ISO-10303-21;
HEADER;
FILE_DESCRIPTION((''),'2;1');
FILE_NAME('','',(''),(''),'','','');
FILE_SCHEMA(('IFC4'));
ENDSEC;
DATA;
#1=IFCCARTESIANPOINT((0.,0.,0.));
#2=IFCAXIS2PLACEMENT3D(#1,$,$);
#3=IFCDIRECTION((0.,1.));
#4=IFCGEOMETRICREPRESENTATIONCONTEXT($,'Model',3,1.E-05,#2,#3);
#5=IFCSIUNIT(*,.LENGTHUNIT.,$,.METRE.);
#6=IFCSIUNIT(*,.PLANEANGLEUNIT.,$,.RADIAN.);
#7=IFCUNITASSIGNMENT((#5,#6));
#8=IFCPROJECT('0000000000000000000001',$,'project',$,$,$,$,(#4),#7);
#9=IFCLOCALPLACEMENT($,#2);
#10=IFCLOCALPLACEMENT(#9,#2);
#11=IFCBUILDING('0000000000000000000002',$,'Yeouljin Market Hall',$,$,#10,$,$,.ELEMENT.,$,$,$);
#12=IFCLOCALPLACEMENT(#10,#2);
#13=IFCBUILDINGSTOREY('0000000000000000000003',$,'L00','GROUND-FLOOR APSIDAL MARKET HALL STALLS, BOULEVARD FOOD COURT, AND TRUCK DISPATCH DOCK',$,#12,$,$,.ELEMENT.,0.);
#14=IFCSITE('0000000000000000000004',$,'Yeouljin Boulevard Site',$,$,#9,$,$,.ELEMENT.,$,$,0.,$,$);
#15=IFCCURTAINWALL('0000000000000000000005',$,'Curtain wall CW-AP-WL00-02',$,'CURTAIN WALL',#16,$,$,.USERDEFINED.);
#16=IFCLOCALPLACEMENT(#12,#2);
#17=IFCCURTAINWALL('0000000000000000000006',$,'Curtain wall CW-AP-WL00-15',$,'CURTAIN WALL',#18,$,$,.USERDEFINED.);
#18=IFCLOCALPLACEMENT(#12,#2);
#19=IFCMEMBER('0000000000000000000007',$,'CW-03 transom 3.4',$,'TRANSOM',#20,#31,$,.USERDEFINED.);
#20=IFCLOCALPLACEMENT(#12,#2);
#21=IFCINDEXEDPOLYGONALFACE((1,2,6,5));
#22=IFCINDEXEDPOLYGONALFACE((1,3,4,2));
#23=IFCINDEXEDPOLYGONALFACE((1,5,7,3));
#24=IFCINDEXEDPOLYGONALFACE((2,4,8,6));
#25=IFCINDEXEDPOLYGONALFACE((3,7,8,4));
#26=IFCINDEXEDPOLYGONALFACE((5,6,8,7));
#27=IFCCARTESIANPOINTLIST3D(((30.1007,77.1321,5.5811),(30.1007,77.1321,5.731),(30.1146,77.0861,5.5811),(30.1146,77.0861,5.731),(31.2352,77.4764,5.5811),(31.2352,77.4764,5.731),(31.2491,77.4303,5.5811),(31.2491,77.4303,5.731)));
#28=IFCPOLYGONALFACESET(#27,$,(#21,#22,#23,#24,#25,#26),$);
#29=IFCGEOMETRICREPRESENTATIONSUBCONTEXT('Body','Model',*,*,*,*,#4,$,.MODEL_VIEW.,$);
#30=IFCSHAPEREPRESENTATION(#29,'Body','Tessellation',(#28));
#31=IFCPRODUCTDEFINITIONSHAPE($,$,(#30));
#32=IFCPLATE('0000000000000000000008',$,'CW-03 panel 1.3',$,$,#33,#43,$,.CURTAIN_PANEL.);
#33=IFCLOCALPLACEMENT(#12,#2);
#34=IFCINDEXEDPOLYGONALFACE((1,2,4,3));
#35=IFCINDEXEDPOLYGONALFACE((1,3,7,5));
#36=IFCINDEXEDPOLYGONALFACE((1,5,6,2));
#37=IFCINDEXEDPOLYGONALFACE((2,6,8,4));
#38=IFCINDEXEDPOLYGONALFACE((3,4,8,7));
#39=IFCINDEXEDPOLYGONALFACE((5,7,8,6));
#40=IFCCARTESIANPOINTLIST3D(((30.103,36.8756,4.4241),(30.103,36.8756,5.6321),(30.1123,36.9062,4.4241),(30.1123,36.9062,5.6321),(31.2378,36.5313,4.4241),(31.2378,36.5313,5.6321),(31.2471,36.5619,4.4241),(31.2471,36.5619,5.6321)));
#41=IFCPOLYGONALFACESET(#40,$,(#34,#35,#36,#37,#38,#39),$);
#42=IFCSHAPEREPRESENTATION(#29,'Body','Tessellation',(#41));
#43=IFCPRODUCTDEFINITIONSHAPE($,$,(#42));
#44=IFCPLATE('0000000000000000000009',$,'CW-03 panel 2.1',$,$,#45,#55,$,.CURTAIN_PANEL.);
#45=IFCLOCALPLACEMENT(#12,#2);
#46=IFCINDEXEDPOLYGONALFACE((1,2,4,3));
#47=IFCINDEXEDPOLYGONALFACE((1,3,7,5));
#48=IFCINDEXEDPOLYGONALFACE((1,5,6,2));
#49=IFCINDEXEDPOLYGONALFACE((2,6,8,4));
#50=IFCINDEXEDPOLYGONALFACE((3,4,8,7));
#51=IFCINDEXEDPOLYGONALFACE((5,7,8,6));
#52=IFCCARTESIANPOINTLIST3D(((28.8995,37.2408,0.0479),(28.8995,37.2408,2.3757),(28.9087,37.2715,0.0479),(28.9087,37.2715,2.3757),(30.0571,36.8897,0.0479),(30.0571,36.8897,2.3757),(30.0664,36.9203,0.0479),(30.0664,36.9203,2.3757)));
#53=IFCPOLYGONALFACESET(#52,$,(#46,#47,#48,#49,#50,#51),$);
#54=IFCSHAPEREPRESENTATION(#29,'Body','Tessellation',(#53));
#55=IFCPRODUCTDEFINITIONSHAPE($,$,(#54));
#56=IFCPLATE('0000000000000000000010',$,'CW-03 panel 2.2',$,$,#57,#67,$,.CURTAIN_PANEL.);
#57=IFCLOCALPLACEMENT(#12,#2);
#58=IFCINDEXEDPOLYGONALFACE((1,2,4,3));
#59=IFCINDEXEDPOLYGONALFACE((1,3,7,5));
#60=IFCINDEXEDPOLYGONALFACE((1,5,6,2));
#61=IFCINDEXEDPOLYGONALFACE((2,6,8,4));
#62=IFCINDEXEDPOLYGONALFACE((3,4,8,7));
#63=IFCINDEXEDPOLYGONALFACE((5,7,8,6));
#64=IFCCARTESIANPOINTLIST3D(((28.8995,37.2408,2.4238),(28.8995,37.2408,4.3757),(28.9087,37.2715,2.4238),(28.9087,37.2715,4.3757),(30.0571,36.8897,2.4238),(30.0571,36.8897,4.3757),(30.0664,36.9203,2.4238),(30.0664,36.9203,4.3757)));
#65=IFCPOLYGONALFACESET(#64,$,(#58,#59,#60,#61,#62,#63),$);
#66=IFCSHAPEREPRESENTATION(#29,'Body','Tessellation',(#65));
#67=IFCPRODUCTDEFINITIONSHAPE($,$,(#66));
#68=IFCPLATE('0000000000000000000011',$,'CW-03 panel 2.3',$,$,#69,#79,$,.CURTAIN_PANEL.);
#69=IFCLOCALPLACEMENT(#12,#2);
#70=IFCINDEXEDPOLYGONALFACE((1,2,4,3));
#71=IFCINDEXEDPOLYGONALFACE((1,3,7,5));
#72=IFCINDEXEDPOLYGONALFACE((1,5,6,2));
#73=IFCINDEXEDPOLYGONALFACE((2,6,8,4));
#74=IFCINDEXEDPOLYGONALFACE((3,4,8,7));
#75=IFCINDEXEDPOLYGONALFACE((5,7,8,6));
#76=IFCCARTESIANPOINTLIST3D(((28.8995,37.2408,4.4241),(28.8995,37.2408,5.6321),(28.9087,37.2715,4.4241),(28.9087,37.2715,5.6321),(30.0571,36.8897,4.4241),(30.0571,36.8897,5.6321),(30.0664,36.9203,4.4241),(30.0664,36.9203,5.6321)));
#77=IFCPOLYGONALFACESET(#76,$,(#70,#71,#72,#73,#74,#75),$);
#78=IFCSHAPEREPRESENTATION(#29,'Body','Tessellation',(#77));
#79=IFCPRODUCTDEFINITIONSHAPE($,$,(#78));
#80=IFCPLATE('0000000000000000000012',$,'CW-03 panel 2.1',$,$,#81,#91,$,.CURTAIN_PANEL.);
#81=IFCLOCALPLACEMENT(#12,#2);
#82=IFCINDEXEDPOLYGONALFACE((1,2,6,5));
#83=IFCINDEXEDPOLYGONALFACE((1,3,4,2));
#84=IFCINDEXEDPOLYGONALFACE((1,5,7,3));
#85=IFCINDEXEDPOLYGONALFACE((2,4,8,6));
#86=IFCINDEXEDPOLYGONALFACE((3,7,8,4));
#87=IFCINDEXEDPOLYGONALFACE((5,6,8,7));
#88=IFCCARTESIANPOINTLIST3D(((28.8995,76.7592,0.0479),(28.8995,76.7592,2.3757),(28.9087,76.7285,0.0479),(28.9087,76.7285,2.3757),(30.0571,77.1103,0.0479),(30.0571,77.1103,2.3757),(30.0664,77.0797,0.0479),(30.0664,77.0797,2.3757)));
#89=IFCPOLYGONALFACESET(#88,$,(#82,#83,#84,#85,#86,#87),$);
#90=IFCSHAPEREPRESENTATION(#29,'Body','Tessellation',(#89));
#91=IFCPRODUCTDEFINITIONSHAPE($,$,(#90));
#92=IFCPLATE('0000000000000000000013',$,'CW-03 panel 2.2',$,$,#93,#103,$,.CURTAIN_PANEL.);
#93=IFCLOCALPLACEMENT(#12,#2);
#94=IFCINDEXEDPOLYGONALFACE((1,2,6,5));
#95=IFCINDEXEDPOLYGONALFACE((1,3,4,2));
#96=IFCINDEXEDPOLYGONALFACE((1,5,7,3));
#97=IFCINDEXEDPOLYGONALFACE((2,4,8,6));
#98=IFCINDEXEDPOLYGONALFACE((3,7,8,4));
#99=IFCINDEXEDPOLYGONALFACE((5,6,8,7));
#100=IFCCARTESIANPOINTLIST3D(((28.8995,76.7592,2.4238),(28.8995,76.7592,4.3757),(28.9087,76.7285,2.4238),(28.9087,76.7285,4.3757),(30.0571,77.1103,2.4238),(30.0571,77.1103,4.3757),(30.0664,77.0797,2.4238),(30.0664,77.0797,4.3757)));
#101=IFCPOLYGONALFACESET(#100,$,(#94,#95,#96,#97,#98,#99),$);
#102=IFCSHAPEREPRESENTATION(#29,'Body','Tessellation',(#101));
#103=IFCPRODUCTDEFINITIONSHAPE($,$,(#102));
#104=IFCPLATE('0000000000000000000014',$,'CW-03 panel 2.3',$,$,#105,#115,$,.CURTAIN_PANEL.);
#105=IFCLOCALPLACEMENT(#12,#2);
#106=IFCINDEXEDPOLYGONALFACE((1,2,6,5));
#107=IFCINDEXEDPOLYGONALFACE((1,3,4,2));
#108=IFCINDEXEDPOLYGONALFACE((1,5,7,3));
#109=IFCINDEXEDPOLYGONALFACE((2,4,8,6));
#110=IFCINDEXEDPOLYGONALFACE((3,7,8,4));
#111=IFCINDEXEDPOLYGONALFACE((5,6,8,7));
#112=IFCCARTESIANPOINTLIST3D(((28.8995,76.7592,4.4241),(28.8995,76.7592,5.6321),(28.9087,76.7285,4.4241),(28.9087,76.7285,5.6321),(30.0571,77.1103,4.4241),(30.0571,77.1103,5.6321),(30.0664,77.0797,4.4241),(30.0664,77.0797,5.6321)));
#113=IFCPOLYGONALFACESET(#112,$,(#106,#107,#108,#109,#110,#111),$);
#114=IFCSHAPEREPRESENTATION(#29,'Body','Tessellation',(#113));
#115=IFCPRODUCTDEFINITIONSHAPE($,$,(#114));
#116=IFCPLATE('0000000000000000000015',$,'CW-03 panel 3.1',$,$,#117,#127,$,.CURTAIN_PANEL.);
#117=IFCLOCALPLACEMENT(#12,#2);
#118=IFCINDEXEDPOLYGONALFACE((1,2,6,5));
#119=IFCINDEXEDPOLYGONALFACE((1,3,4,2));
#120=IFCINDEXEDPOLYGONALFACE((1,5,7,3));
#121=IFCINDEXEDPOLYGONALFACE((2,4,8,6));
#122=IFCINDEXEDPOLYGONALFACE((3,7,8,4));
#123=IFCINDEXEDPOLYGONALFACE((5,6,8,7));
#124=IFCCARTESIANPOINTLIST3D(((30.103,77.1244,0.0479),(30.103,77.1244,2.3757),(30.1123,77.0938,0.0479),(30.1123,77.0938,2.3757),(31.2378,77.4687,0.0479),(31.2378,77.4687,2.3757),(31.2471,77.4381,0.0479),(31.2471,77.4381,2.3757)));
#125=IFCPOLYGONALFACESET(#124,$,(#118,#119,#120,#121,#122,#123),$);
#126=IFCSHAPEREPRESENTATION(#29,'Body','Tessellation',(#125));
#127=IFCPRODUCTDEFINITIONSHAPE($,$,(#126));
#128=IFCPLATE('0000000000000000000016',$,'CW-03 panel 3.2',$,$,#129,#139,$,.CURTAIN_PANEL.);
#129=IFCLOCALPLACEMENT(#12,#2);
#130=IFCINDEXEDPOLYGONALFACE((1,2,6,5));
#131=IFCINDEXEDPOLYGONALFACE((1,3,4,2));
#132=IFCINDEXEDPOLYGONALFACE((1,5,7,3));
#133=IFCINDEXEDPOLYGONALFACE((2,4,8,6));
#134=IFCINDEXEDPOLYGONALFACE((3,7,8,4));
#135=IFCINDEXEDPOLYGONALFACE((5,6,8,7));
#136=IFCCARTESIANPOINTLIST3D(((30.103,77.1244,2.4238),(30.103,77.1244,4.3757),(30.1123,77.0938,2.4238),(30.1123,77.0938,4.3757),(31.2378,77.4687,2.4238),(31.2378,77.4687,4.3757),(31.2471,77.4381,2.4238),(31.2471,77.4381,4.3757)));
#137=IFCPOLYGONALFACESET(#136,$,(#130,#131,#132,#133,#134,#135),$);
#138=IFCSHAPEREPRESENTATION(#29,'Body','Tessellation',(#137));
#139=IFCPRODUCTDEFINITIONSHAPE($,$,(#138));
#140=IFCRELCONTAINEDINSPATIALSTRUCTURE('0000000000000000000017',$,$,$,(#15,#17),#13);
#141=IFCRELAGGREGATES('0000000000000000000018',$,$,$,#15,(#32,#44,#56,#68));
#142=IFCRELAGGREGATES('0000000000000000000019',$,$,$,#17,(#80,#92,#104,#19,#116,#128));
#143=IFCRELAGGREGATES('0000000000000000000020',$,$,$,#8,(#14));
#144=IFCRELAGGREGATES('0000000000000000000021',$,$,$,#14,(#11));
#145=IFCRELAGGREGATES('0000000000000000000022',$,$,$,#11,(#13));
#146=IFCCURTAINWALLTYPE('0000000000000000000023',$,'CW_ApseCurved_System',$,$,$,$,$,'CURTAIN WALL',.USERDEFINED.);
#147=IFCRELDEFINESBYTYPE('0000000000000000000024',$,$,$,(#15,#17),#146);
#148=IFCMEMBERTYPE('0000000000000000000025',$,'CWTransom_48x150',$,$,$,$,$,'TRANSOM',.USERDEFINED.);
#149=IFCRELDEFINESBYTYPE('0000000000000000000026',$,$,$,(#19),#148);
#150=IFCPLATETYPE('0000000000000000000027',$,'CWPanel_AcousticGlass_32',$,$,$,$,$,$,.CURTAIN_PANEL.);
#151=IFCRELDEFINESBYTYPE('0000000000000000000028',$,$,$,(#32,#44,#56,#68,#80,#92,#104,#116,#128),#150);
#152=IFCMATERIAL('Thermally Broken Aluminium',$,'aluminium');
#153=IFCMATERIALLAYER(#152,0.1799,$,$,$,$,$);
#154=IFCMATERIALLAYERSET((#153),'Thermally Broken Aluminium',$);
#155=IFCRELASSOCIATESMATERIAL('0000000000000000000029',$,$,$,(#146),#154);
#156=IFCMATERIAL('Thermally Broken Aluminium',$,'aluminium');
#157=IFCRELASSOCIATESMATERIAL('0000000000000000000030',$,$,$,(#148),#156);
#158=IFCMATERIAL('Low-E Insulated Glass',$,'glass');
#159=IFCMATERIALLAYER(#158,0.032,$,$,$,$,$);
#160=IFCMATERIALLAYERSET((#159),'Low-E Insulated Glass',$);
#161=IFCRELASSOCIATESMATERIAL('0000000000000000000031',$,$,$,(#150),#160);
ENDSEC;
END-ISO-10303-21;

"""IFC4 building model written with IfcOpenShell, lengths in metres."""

from ifc_helpers import new_model, si_unit, direction, frame, origin, origin_2d, place, context, subcontext, project, spatial, rectangle, extrude, material, layer, layer_set, material_profile, profile_set, type_object, element, aggregate, save


model = new_model("IFC4")

# Units and contexts
model_context = context("Model", 3, precision=1e-05, world=origin(), true_north=direction((0.0, 1.0)))
body_context = subcontext(model_context, "Body", "Model", "MODEL_VIEW")
ifc_project = project(units=[si_unit("LENGTHUNIT", "METRE"), si_unit("PLANEANGLEUNIT", "RADIAN")], contexts=[model_context])

# Site, building, storey
site_placement = place(None, origin())
site = spatial("IfcSite", under=ifc_project, at=site_placement, Name="Yeouljin Boulevard Site", CompositionType="ELEMENT", RefElevation=0.0)
building_placement = place(site_placement, origin())
building = spatial("IfcBuilding", under=site, at=building_placement, Name="Yeouljin Market Hall", CompositionType="ELEMENT")
storey_placement = place(building_placement, origin())
storey = spatial("IfcBuildingStorey", under=building, at=storey_placement, Name="L00", Description="GROUND-FLOOR APSIDAL MARKET HALL STALLS, BOULEVARD FOOD COURT, AND TRUCK DISPATCH DOCK", CompositionType="ELEMENT", Elevation=0.0)

# Curtain walls
ifc_material_1 = material(Name="Thermally Broken Aluminium", Category="aluminium")
ifc_layer_1 = layer(ifc_material_1, 0.1799)
ifc_layer_set_1 = layer_set([ifc_layer_1], Name="Thermally Broken Aluminium")
curtain_wall_type = type_object("IfcCurtainWallType", Name="CW_ApseCurved_System", ElementType="CURTAIN WALL", PredefinedType="USERDEFINED", material=ifc_layer_set_1)
curtain_wall_1_placement = place(storey_placement, origin())
curtain_wall_1 = element("IfcCurtainWall", 1, at=curtain_wall_1_placement, inside=storey, type_object=curtain_wall_type, Name="Curtain wall CW-AP-WL00-02", ObjectType="CURTAIN WALL", PredefinedType="USERDEFINED")
curtain_wall_2_placement = place(storey_placement, origin())
curtain_wall_2 = element("IfcCurtainWall", 2, at=curtain_wall_2_placement, inside=storey, type_object=curtain_wall_type, Name="Curtain wall CW-AP-WL00-15", ObjectType="CURTAIN WALL", PredefinedType="USERDEFINED")

# Member
ifc_material_2 = material(Name="Thermally Broken Aluminium", Category="aluminium")
ifc_material_profile_1 = material_profile(ifc_material_2, rectangle(XDim=0.0481, YDim=0.1499, at=origin_2d()), Name="CW-TRAN-48x150")
ifc_profile_set_1 = profile_set([ifc_material_profile_1], Name="Thermally Broken Aluminium")
member_type_1 = type_object("IfcMemberType", Name="CWTransom_48x150", ElementType="TRANSOM", PredefinedType="USERDEFINED", material=ifc_profile_set_1)
member_1_placement = place(storey_placement, frame((30.1077, 77.1091, 5.656), z_axis=(0.95692, 0.29035, 0.0), x_axis=(-0.29035, 0.95692, 0.0)))
member_1 = element("IfcMember", 3, at=member_1_placement, type_object=member_type_1, Name="CW-03 transom 3.4", ObjectType="TRANSOM", PredefinedType="USERDEFINED", context=body_context, shape_type="SweptSolid", body=[
    extrude(rectangle(XDim=0.0481, YDim=0.1499, at=origin_2d()), origin(), (0.0, 0.0, 1.0), 1.1855),
])

# Plates
ifc_material_3 = material(Name="Low-E Insulated Glass", Category="glass")
ifc_layer_2 = layer(ifc_material_3, 0.032)
ifc_layer_set_2 = layer_set([ifc_layer_2], Name="Low-E Insulated Glass")
plate_type = type_object("IfcPlateType", Name="CWPanel_AcousticGlass_32", PredefinedType="CURTAIN_PANEL", material=ifc_layer_set_2)
plate_1_placement = place(storey_placement, frame((30.675, 36.7188, 4.4241), z_axis=(0.0, 0.0, 1.0), x_axis=(-0.95694, 0.290286, 0.0)))
plate_1 = element("IfcPlate", 4, at=plate_1_placement, type_object=plate_type, Name="CW-03 panel 1.3", PredefinedType="CURTAIN_PANEL", context=body_context, shape_type="SweptSolid", body=[
    extrude(rectangle(XDim=1.1858, YDim=0.032, at=origin_2d()), origin(), (0.0, 0.0, 1.0), 1.208),
])
plate_2_placement = place(storey_placement, frame((29.4829, 37.0806, 0.0479), z_axis=(0.0, 0.0, 1.0), x_axis=(-0.95694, 0.290286, 0.0)))
plate_2 = element("IfcPlate", 5, at=plate_2_placement, type_object=plate_type, Name="CW-03 panel 2.1", PredefinedType="CURTAIN_PANEL", context=body_context, shape_type="SweptSolid", body=[
    extrude(rectangle(XDim=1.2097, YDim=0.032, at=origin_2d()), origin(), (0.0, 0.0, 1.0), 2.3279),
])
plate_3_placement = place(storey_placement, frame((29.4829, 37.0806, 2.4238), z_axis=(0.0, 0.0, 1.0), x_axis=(-0.95694, 0.290286, 0.0)))
plate_3 = element("IfcPlate", 6, at=plate_3_placement, type_object=plate_type, Name="CW-03 panel 2.2", PredefinedType="CURTAIN_PANEL", context=body_context, shape_type="SweptSolid", body=[
    extrude(rectangle(XDim=1.2097, YDim=0.032, at=origin_2d()), origin(), (0.0, 0.0, 1.0), 1.9519),
])
plate_4_placement = place(storey_placement, frame((29.4829, 37.0806, 4.4241), z_axis=(0.0, 0.0, 1.0), x_axis=(-0.95694, 0.290286, 0.0)))
plate_4 = element("IfcPlate", 7, at=plate_4_placement, type_object=plate_type, Name="CW-03 panel 2.3", PredefinedType="CURTAIN_PANEL", context=body_context, shape_type="SweptSolid", body=[
    extrude(rectangle(XDim=1.2097, YDim=0.032, at=origin_2d()), origin(), (0.0, 0.0, 1.0), 1.208),
])
aggregate(curtain_wall_1, [plate_1, plate_2, plate_3, plate_4])
plate_5_placement = place(storey_placement, frame((29.4829, 76.9194, 0.0479), z_axis=(0.0, 0.0, 1.0), x_axis=(0.95694, 0.290286, 0.0)))
plate_5 = element("IfcPlate", 8, at=plate_5_placement, type_object=plate_type, Name="CW-03 panel 2.1", PredefinedType="CURTAIN_PANEL", context=body_context, shape_type="SweptSolid", body=[
    extrude(rectangle(XDim=1.2097, YDim=0.032, at=origin_2d()), origin(), (0.0, 0.0, 1.0), 2.3279),
])
plate_6_placement = place(storey_placement, frame((29.4829, 76.9194, 2.4238), z_axis=(0.0, 0.0, 1.0), x_axis=(0.95694, 0.290286, 0.0)))
plate_6 = element("IfcPlate", 9, at=plate_6_placement, type_object=plate_type, Name="CW-03 panel 2.2", PredefinedType="CURTAIN_PANEL", context=body_context, shape_type="SweptSolid", body=[
    extrude(rectangle(XDim=1.2097, YDim=0.032, at=origin_2d()), origin(), (0.0, 0.0, 1.0), 1.9519),
])
plate_7_placement = place(storey_placement, frame((29.4829, 76.9194, 4.4241), z_axis=(0.0, 0.0, 1.0), x_axis=(0.95694, 0.290286, 0.0)))
plate_7 = element("IfcPlate", 10, at=plate_7_placement, type_object=plate_type, Name="CW-03 panel 2.3", PredefinedType="CURTAIN_PANEL", context=body_context, shape_type="SweptSolid", body=[
    extrude(rectangle(XDim=1.2097, YDim=0.032, at=origin_2d()), origin(), (0.0, 0.0, 1.0), 1.208),
])
plate_8_placement = place(storey_placement, frame((30.675, 77.2812, 0.0479), z_axis=(0.0, 0.0, 1.0), x_axis=(0.95694, 0.290286, 0.0)))
plate_8 = element("IfcPlate", 11, at=plate_8_placement, type_object=plate_type, Name="CW-03 panel 3.1", PredefinedType="CURTAIN_PANEL", context=body_context, shape_type="SweptSolid", body=[
    extrude(rectangle(XDim=1.1858, YDim=0.032, at=origin_2d()), origin(), (0.0, 0.0, 1.0), 2.3279),
])
plate_9_placement = place(storey_placement, frame((30.675, 77.2812, 2.4238), z_axis=(0.0, 0.0, 1.0), x_axis=(0.95694, 0.290286, 0.0)))
plate_9 = element("IfcPlate", 12, at=plate_9_placement, type_object=plate_type, Name="CW-03 panel 3.2", PredefinedType="CURTAIN_PANEL", context=body_context, shape_type="SweptSolid", body=[
    extrude(rectangle(XDim=1.1858, YDim=0.032, at=origin_2d()), origin(), (0.0, 0.0, 1.0), 1.9519),
])
aggregate(curtain_wall_2, [plate_5, plate_6, plate_7, member_1, plate_8, plate_9])

save(model, "model.ifc")
